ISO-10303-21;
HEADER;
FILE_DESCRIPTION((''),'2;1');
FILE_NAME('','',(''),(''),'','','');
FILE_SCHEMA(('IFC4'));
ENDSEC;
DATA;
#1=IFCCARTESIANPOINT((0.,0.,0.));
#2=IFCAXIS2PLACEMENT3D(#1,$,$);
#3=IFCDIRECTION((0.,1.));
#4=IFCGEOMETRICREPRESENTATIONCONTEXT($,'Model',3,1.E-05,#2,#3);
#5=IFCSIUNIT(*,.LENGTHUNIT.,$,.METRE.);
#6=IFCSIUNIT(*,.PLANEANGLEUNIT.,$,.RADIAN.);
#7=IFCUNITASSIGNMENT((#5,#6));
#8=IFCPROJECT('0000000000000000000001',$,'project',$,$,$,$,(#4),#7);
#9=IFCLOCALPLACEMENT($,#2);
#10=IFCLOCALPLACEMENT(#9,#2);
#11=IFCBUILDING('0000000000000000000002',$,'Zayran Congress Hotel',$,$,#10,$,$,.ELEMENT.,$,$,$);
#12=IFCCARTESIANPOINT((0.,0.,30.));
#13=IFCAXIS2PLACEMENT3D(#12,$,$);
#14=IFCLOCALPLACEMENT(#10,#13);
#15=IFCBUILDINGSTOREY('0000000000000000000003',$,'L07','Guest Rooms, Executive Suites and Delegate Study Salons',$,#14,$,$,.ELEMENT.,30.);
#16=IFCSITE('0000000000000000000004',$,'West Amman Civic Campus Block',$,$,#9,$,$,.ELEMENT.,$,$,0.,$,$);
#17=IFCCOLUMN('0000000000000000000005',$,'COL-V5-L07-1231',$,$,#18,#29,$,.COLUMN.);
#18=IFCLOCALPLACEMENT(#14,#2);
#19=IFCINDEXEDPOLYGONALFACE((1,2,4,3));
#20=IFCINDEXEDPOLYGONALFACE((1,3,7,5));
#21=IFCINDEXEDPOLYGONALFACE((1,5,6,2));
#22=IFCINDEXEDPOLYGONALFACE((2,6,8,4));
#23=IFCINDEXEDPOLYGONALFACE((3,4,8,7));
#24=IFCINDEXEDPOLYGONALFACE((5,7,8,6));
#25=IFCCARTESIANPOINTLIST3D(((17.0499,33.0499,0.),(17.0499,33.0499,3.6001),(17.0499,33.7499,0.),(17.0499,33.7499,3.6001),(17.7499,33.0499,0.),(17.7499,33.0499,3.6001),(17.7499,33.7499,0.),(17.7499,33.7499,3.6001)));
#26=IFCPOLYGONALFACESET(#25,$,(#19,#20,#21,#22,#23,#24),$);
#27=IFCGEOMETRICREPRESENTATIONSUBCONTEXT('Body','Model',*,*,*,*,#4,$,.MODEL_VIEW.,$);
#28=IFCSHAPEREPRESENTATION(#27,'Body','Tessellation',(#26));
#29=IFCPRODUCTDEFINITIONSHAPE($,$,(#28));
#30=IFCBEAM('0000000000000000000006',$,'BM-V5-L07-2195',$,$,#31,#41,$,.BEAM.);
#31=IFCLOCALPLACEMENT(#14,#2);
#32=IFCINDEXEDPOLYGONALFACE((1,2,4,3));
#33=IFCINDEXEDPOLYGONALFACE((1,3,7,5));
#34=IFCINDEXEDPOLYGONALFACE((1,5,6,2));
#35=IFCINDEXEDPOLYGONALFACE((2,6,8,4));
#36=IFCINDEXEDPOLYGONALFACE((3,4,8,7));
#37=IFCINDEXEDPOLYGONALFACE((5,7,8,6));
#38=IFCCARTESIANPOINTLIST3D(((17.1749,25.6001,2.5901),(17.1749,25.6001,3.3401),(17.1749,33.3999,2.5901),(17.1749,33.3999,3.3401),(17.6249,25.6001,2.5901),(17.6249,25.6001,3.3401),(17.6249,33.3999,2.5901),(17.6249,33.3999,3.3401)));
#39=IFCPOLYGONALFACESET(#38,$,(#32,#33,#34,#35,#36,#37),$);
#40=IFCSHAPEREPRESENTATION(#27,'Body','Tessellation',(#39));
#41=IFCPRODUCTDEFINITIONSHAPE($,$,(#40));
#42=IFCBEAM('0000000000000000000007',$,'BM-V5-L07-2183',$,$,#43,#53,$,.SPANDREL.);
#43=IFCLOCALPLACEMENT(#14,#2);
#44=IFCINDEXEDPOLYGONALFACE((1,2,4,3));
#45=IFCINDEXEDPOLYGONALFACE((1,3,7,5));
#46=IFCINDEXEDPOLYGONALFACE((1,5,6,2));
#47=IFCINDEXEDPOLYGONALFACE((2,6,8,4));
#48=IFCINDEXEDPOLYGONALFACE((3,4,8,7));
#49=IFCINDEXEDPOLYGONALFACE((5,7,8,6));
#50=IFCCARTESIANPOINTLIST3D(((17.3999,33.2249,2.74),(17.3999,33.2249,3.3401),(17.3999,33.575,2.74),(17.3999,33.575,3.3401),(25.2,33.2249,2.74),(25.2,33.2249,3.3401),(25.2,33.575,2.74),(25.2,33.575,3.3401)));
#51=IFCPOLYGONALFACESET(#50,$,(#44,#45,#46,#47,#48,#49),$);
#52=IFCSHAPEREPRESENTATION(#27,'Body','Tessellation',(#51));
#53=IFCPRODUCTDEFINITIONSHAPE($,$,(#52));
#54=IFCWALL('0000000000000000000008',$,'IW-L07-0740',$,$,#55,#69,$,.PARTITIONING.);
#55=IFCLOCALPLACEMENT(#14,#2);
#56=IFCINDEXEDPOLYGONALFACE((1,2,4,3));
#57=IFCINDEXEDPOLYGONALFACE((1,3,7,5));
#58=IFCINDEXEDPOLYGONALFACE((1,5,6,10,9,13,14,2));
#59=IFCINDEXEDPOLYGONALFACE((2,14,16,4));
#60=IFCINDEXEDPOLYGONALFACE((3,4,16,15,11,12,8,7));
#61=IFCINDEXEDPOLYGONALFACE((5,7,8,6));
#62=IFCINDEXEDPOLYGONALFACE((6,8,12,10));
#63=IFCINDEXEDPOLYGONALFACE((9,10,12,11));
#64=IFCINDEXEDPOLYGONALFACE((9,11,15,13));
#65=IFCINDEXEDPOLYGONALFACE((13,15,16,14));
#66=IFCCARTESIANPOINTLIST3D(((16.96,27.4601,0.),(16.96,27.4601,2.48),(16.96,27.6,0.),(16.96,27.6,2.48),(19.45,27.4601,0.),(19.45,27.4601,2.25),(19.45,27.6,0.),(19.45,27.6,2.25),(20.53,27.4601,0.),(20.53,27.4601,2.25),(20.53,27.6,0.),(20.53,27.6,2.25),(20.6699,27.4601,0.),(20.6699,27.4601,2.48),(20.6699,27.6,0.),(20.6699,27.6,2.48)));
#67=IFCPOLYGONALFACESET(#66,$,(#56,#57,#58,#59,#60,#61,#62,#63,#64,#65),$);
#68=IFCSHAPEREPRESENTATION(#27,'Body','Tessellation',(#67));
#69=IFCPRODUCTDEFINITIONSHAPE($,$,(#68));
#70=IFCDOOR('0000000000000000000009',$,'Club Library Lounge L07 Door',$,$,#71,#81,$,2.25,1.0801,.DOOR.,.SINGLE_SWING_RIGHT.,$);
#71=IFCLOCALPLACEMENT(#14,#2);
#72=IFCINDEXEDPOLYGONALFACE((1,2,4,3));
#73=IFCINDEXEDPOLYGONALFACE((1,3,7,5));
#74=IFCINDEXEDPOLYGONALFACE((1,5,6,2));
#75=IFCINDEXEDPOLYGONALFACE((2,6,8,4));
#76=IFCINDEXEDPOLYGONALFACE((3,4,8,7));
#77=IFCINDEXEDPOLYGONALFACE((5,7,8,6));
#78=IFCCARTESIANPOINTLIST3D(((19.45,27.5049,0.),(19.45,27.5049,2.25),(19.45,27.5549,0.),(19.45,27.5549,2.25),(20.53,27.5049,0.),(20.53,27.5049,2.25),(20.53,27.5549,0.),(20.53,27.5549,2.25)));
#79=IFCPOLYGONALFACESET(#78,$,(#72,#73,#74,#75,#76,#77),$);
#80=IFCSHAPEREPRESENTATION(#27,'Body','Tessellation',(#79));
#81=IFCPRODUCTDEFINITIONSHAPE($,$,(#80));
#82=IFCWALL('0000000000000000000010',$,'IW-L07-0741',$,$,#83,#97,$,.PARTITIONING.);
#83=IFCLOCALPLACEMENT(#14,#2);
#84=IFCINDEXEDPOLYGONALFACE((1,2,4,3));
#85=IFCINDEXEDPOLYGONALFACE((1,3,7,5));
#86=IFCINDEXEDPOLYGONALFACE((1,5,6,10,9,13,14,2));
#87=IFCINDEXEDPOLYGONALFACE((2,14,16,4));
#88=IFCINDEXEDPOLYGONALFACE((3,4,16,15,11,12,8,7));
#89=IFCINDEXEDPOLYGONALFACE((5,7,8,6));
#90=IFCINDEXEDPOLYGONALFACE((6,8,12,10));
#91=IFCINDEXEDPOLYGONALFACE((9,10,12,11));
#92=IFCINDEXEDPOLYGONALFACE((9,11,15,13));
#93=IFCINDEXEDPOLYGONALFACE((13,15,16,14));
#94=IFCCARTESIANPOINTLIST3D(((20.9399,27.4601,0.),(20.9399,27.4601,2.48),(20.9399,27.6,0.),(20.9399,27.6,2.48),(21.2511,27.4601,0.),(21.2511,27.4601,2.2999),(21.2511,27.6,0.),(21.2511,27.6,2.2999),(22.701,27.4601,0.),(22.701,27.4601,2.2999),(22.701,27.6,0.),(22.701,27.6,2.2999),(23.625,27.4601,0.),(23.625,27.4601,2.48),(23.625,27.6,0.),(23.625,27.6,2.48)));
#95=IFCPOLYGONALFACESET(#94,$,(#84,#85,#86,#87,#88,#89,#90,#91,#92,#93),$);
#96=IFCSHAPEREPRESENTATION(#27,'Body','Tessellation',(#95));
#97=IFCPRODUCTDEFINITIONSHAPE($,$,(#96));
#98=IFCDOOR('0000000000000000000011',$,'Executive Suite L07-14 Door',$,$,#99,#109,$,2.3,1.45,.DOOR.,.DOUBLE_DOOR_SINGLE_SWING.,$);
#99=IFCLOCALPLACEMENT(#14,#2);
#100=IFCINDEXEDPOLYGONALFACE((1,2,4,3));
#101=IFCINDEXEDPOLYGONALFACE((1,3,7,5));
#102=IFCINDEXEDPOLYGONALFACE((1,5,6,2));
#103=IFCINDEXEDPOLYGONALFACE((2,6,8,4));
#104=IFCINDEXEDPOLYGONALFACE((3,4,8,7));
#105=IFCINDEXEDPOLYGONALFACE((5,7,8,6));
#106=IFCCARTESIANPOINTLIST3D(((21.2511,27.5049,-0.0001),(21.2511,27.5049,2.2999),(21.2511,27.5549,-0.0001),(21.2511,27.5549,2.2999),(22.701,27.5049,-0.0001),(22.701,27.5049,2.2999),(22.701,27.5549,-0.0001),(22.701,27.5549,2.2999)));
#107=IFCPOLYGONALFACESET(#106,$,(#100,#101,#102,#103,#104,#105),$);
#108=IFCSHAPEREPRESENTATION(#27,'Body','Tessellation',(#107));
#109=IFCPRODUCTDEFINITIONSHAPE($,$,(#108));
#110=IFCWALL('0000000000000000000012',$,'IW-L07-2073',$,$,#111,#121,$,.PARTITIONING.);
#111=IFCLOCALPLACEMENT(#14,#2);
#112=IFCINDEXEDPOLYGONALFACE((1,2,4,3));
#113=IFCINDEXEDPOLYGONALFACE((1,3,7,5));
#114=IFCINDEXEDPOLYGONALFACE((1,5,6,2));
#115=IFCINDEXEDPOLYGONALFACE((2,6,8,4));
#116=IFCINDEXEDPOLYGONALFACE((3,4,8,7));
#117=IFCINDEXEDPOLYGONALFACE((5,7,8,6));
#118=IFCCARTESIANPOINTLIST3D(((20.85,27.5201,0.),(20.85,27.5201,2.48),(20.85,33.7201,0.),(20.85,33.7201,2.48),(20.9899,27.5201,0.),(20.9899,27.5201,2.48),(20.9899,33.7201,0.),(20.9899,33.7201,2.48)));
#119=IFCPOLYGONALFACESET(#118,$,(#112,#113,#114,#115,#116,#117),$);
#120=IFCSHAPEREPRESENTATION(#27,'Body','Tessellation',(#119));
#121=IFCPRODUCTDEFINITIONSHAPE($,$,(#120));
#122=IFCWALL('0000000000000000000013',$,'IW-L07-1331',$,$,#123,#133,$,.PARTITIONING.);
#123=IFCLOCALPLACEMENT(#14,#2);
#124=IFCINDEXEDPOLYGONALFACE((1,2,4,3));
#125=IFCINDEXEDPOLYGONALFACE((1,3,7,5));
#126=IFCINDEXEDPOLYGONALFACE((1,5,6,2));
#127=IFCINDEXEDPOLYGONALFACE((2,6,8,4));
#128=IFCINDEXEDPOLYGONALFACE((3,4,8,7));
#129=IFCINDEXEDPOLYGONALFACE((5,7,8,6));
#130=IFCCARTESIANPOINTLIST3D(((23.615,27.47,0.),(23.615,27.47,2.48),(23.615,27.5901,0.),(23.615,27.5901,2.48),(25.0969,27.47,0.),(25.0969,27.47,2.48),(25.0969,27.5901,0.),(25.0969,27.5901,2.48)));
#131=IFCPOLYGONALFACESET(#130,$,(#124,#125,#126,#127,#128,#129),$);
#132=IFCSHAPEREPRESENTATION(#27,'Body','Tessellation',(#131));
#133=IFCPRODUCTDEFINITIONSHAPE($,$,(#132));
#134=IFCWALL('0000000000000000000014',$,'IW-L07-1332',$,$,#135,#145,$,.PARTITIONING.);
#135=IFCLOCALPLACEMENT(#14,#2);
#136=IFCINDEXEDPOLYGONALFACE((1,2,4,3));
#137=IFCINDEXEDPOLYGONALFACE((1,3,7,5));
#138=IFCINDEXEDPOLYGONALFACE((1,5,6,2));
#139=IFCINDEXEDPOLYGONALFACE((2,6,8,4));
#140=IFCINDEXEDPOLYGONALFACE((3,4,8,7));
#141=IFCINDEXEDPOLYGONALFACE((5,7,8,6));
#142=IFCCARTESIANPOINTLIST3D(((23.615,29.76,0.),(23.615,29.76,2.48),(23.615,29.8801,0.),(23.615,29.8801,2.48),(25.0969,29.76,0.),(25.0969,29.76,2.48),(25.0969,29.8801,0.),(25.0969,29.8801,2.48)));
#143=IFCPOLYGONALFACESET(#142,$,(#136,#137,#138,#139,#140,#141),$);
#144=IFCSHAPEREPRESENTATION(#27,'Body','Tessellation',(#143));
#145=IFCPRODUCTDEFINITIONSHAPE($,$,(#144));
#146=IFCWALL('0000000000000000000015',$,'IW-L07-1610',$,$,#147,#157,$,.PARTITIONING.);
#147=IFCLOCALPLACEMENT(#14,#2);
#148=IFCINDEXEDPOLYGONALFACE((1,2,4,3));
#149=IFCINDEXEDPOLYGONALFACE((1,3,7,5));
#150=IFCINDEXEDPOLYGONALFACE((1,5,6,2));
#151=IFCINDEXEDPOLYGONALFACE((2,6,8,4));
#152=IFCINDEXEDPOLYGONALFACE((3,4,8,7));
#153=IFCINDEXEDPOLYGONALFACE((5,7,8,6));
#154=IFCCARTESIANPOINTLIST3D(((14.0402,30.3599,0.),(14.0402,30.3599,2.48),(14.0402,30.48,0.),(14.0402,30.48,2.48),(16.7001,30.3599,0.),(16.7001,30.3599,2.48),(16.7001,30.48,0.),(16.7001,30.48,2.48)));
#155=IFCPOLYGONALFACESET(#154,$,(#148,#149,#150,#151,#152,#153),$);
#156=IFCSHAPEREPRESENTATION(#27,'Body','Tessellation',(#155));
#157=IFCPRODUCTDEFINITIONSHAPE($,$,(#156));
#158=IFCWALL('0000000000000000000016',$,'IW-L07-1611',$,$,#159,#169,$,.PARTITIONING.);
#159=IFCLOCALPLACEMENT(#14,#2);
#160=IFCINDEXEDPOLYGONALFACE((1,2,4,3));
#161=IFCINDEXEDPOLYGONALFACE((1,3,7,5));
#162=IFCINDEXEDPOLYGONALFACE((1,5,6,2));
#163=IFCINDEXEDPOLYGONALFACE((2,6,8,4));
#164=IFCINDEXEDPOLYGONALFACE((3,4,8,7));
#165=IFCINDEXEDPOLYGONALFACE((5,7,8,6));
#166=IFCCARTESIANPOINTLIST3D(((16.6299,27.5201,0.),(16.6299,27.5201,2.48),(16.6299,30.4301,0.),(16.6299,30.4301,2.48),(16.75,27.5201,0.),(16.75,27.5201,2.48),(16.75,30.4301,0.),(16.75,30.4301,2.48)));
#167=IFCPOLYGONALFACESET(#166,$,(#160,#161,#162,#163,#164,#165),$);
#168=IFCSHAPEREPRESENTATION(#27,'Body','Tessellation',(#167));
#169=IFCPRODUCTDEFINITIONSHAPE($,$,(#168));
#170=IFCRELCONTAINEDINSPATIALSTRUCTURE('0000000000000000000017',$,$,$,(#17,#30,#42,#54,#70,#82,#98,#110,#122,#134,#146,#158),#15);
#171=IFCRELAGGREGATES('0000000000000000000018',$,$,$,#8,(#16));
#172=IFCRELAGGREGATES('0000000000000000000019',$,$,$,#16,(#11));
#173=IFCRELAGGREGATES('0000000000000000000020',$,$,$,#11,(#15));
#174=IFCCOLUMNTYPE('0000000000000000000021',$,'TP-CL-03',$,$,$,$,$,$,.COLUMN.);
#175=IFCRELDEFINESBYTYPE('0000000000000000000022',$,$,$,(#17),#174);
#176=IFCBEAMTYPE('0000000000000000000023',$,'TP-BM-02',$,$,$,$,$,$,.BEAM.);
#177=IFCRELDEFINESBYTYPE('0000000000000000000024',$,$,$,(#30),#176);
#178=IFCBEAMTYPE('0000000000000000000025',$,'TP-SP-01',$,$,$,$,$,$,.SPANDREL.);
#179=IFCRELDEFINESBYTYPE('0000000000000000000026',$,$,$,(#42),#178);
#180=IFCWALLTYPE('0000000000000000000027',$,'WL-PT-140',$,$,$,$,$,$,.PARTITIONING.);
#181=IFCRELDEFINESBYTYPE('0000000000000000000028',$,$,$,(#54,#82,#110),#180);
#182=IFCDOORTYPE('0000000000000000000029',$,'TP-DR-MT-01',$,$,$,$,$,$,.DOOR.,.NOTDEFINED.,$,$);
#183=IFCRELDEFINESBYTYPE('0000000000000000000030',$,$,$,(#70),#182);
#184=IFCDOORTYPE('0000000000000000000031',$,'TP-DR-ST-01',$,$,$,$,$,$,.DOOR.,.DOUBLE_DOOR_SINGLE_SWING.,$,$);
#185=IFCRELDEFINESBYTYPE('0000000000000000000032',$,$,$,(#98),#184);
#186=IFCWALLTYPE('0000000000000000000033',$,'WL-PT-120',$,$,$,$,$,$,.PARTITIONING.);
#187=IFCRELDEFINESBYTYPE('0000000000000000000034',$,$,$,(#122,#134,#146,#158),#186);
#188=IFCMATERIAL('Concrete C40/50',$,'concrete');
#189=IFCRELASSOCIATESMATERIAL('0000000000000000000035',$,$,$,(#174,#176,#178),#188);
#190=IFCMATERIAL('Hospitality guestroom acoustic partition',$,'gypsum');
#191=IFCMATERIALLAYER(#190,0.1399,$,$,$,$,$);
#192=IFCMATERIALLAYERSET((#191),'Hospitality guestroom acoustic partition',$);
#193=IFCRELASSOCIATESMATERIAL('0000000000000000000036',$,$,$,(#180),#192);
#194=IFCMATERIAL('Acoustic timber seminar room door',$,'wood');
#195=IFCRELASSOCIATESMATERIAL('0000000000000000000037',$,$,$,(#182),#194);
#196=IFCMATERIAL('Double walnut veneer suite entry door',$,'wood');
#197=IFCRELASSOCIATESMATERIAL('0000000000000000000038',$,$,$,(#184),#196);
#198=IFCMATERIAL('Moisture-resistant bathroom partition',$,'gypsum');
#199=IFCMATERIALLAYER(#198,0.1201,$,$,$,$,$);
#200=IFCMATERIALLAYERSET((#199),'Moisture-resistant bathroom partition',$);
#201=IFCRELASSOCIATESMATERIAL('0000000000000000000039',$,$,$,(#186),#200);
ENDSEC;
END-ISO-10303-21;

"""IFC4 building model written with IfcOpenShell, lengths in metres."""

from ifc_helpers import new_model, si_unit, direction, frame, frame_2d, origin, origin_2d, place, context, subcontext, project, spatial, rectangle, extrude, material, layer, layer_set, material_profile, profile_set, type_object, element, fill, save


model = new_model("IFC4")

# Units and contexts
model_context = context("Model", 3, precision=1e-05, world=origin(), true_north=direction((0.0, 1.0)))
body_context = subcontext(model_context, "Body", "Model", "MODEL_VIEW")
ifc_project = project(units=[si_unit("LENGTHUNIT", "METRE"), si_unit("PLANEANGLEUNIT", "RADIAN")], contexts=[model_context])

# Site, building, storey
site_placement = place(None, origin())
site = spatial("IfcSite", under=ifc_project, at=site_placement, Name="West Amman Civic Campus Block", CompositionType="ELEMENT", RefElevation=0.0)
building_placement = place(site_placement, origin())
building = spatial("IfcBuilding", under=site, at=building_placement, Name="Zayran Congress Hotel", CompositionType="ELEMENT")
storey_placement = place(building_placement, frame((0.0, 0.0, 30.0)))
storey = spatial("IfcBuildingStorey", under=building, at=storey_placement, Name="L07", Description="Guest Rooms, Executive Suites and Delegate Study Salons", CompositionType="ELEMENT", Elevation=30.0)

# Column
ifc_material_1 = material(Name="Concrete C40/50", Category="concrete")
ifc_material_profile_1 = material_profile(ifc_material_1, rectangle(XDim=0.7, YDim=0.7, at=origin_2d()), Name="RC 700x700")
ifc_profile_set_1 = profile_set([ifc_material_profile_1], Name="Concrete C40/50")
column_type = type_object("IfcColumnType", Name="TP-CL-03", PredefinedType="COLUMN", material=ifc_profile_set_1)
column_placement = place(storey_placement, frame((17.3999, 33.3999, 0.0), z_axis=(0.0, 0.0, 1.0), x_axis=(1.0, 0.0, 0.0)))
element("IfcColumn", 1, at=column_placement, inside=storey, type_object=column_type, Name="COL-V5-L07-1231", PredefinedType="COLUMN", context=body_context, shape_type="SweptSolid", body=[
    extrude(rectangle(XDim=0.7, YDim=0.7, at=origin_2d()), origin(), (0.0, 0.0, 1.0), 3.6001),
])

# Beams
ifc_material_profile_2 = material_profile(ifc_material_1, rectangle(XDim=0.45, YDim=0.75, at=origin_2d()), Name="RC 450x750")
ifc_profile_set_2 = profile_set([ifc_material_profile_2], Name="Concrete C40/50")
beam_type_1 = type_object("IfcBeamType", Name="TP-BM-02", PredefinedType="BEAM", material=ifc_profile_set_2)
beam_1_placement = place(storey_placement, frame((17.3999, 25.6001, 2.9651), z_axis=(0.0, 1.0, 0.0), x_axis=(-1.0, 0.0, 0.0)))
element("IfcBeam", 2, at=beam_1_placement, inside=storey, type_object=beam_type_1, Name="BM-V5-L07-2195", PredefinedType="BEAM", context=body_context, shape_type="SweptSolid", body=[
    extrude(rectangle(XDim=0.45, YDim=0.75, at=origin_2d()), origin(), (0.0, 0.0, 1.0), 7.7998),
])
ifc_material_profile_3 = material_profile(ifc_material_1, rectangle(XDim=0.3501, YDim=0.6001, at=origin_2d()), Name="RC 350x600")
ifc_profile_set_3 = profile_set([ifc_material_profile_3], Name="Concrete C40/50")
beam_type_2 = type_object("IfcBeamType", Name="TP-SP-01", PredefinedType="SPANDREL", material=ifc_profile_set_3)
beam_2_placement = place(storey_placement, frame((17.3999, 33.3999, 3.04), z_axis=(1.0, 0.0, 0.0), x_axis=(0.0, 1.0, 0.0)))
element("IfcBeam", 3, at=beam_2_placement, inside=storey, type_object=beam_type_2, Name="BM-V5-L07-2183", PredefinedType="SPANDREL", context=body_context, shape_type="SweptSolid", body=[
    extrude(rectangle(XDim=0.3501, YDim=0.6001, at=origin_2d()), origin(), (0.0, 0.0, 1.0), 7.8),
])

# Walls, openings, doors
ifc_material_2 = material(Name="Hospitality guestroom acoustic partition", Category="gypsum")
ifc_layer_1 = layer(ifc_material_2, 0.1399)
ifc_layer_set_1 = layer_set([ifc_layer_1], Name="Hospitality guestroom acoustic partition")
wall_type_1 = type_object("IfcWallType", Name="WL-PT-140", PredefinedType="PARTITIONING", material=ifc_layer_set_1)
wall_1_placement = place(storey_placement, frame((16.96, 27.53, 0.0), z_axis=(0.0, 0.0, 1.0), x_axis=(1.0, 0.0, 0.0)))
wall_1 = element("IfcWall", 4, at=wall_1_placement, inside=storey, type_object=wall_type_1, Name="IW-L07-0740", PredefinedType="PARTITIONING", context=body_context, shape_type="SweptSolid", body=[
    extrude(rectangle(XDim=3.71, YDim=0.1399, at=frame_2d((1.855, 0.0))), origin(), (0.0, 0.0, 1.0), 2.48),
])
opening_1_placement = place(wall_1_placement, frame((2.49, 0.0, 0.0)))
opening_1 = element("IfcOpeningElement", 5, at=opening_1_placement, cuts=wall_1, PredefinedType="OPENING", context=body_context, shape_type="SweptSolid", body=[
    extrude(rectangle(XDim=1.0801, YDim=2.25, at=frame_2d((0.54, 1.125))), frame((0.0, 0.0798, 0.0), z_axis=(0.0, -1.0, 0.0), x_axis=(1.0, 0.0, 0.0)), (0.0, 0.0, 1.0), 0.1599),
])
ifc_material_3 = material(Name="Acoustic timber seminar room door", Category="wood")
door_type_1 = type_object("IfcDoorType", Name="TP-DR-MT-01", OperationType="NOTDEFINED", PredefinedType="DOOR", material=ifc_material_3)
door_1_placement = place(opening_1_placement, origin())
door_1 = element("IfcDoor", 6, at=door_1_placement, inside=storey, type_object=door_type_1, Name="Club Library Lounge L07 Door", OperationType="SINGLE_SWING_RIGHT", OverallHeight=2.25, OverallWidth=1.0801, PredefinedType="DOOR", context=body_context, shape_type="SweptSolid", body=[
    extrude(rectangle(XDim=1.0801, YDim=2.25, at=frame_2d((0.54, 1.125))), frame((0.0, 0.0249, 0.0), z_axis=(0.0, -1.0, 0.0), x_axis=(1.0, 0.0, 0.0)), (0.0, 0.0, 1.0), 0.05),
])
fill(opening_1, door_1)
wall_2_placement = place(storey_placement, frame((20.9399, 27.53, 0.0), z_axis=(0.0, 0.0, 1.0), x_axis=(1.0, 0.0, 0.0)))
wall_2 = element("IfcWall", 7, at=wall_2_placement, inside=storey, type_object=wall_type_1, Name="IW-L07-0741", PredefinedType="PARTITIONING", context=body_context, shape_type="SweptSolid", body=[
    extrude(rectangle(XDim=2.6851, YDim=0.1399, at=frame_2d((1.3425, 0.0))), origin(), (0.0, 0.0, 1.0), 2.48),
])
opening_2_placement = place(wall_2_placement, frame((0.311, 0.0, 0.0)))
opening_2 = element("IfcOpeningElement", 8, at=opening_2_placement, cuts=wall_2, PredefinedType="OPENING", context=body_context, shape_type="SweptSolid", body=[
    extrude(rectangle(XDim=1.45, YDim=2.3, at=frame_2d((0.7251, 1.1499))), frame((0.0, 0.0798, 0.0), z_axis=(0.0, -1.0, 0.0), x_axis=(1.0, 0.0, 0.0)), (0.0, 0.0, 1.0), 0.1599),
])
ifc_material_4 = material(Name="Double walnut veneer suite entry door", Category="wood")
door_type_2 = type_object("IfcDoorType", Name="TP-DR-ST-01", OperationType="DOUBLE_DOOR_SINGLE_SWING", PredefinedType="DOOR", material=ifc_material_4)
door_2_placement = place(opening_2_placement, origin())
door_2 = element("IfcDoor", 9, at=door_2_placement, inside=storey, type_object=door_type_2, Name="Executive Suite L07-14 Door", OperationType="DOUBLE_DOOR_SINGLE_SWING", OverallHeight=2.3, OverallWidth=1.45, PredefinedType="DOOR", context=body_context, shape_type="SweptSolid", body=[
    extrude(rectangle(XDim=1.45, YDim=2.3, at=frame_2d((0.7251, 1.1499))), frame((0.0, 0.0249, 0.0), z_axis=(0.0, -1.0, 0.0), x_axis=(1.0, 0.0, 0.0)), (0.0, 0.0, 1.0), 0.05),
])
fill(opening_2, door_2)

# Wall
wall_3_placement = place(storey_placement, frame((20.9199, 27.52, 0.0), z_axis=(0.0, 0.0, 1.0), x_axis=(0.0, 1.0, 0.0)))
element("IfcWall", 10, at=wall_3_placement, inside=storey, type_object=wall_type_1, Name="IW-L07-2073", PredefinedType="PARTITIONING", context=body_context, shape_type="SweptSolid", body=[
    extrude(rectangle(XDim=6.2, YDim=0.1399, at=frame_2d((3.1001, 0.0))), origin(), (0.0, 0.0, 1.0), 2.48),
])

# Shared definitions
ifc_material_5 = material(Name="Moisture-resistant bathroom partition", Category="gypsum")
ifc_layer_2 = layer(ifc_material_5, 0.1201)
ifc_layer_set_2 = layer_set([ifc_layer_2], Name="Moisture-resistant bathroom partition")
wall_type_2 = type_object("IfcWallType", Name="WL-PT-120", PredefinedType="PARTITIONING", material=ifc_layer_set_2)

# Walls
for number, where, z_axis, x_axis, name in (
    (11, (23.615, 27.53, 0.0), (0.0, 0.0, 1.0), (1.0, 0.0, 0.0), "IW-L07-1331"),
    (12, (23.615, 29.8201, 0.0), (0.0, 0.0, 1.0), (1.0, 0.0, 0.0), "IW-L07-1332"),
):
    element("IfcWall", number, at=place(storey_placement, frame(where, z_axis=z_axis, x_axis=x_axis)), inside=storey, type_object=wall_type_2, Name=name, PredefinedType="PARTITIONING", context=body_context, shape_type="SweptSolid", body=[
        extrude(rectangle(XDim=1.4819, YDim=0.1201, at=frame_2d((0.741, 0.0))), origin(), (0.0, 0.0, 1.0), 2.48),
    ])
wall_4_placement = place(storey_placement, frame((14.04, 30.4199, 0.0), z_axis=(0.0, 0.0, 1.0), x_axis=(1.0, 0.0, 0.0)))
element("IfcWall", 13, at=wall_4_placement, inside=storey, type_object=wall_type_2, Name="IW-L07-1610", PredefinedType="PARTITIONING", context=body_context, shape_type="SweptSolid", body=[
    extrude(rectangle(XDim=2.6599, YDim=0.1201, at=frame_2d((1.3301, 0.0))), origin(), (0.0, 0.0, 1.0), 2.48),
])
wall_5_placement = place(storey_placement, frame((16.6899, 27.52, 0.0), z_axis=(0.0, 0.0, 1.0), x_axis=(0.0, 1.0, 0.0)))
element("IfcWall", 14, at=wall_5_placement, inside=storey, type_object=wall_type_2, Name="IW-L07-1611", PredefinedType="PARTITIONING", context=body_context, shape_type="SweptSolid", body=[
    extrude(rectangle(XDim=2.9099, YDim=0.1201, at=frame_2d((1.4551, 0.0))), origin(), (0.0, 0.0, 1.0), 2.48),
])

save(model, "model.ifc")
